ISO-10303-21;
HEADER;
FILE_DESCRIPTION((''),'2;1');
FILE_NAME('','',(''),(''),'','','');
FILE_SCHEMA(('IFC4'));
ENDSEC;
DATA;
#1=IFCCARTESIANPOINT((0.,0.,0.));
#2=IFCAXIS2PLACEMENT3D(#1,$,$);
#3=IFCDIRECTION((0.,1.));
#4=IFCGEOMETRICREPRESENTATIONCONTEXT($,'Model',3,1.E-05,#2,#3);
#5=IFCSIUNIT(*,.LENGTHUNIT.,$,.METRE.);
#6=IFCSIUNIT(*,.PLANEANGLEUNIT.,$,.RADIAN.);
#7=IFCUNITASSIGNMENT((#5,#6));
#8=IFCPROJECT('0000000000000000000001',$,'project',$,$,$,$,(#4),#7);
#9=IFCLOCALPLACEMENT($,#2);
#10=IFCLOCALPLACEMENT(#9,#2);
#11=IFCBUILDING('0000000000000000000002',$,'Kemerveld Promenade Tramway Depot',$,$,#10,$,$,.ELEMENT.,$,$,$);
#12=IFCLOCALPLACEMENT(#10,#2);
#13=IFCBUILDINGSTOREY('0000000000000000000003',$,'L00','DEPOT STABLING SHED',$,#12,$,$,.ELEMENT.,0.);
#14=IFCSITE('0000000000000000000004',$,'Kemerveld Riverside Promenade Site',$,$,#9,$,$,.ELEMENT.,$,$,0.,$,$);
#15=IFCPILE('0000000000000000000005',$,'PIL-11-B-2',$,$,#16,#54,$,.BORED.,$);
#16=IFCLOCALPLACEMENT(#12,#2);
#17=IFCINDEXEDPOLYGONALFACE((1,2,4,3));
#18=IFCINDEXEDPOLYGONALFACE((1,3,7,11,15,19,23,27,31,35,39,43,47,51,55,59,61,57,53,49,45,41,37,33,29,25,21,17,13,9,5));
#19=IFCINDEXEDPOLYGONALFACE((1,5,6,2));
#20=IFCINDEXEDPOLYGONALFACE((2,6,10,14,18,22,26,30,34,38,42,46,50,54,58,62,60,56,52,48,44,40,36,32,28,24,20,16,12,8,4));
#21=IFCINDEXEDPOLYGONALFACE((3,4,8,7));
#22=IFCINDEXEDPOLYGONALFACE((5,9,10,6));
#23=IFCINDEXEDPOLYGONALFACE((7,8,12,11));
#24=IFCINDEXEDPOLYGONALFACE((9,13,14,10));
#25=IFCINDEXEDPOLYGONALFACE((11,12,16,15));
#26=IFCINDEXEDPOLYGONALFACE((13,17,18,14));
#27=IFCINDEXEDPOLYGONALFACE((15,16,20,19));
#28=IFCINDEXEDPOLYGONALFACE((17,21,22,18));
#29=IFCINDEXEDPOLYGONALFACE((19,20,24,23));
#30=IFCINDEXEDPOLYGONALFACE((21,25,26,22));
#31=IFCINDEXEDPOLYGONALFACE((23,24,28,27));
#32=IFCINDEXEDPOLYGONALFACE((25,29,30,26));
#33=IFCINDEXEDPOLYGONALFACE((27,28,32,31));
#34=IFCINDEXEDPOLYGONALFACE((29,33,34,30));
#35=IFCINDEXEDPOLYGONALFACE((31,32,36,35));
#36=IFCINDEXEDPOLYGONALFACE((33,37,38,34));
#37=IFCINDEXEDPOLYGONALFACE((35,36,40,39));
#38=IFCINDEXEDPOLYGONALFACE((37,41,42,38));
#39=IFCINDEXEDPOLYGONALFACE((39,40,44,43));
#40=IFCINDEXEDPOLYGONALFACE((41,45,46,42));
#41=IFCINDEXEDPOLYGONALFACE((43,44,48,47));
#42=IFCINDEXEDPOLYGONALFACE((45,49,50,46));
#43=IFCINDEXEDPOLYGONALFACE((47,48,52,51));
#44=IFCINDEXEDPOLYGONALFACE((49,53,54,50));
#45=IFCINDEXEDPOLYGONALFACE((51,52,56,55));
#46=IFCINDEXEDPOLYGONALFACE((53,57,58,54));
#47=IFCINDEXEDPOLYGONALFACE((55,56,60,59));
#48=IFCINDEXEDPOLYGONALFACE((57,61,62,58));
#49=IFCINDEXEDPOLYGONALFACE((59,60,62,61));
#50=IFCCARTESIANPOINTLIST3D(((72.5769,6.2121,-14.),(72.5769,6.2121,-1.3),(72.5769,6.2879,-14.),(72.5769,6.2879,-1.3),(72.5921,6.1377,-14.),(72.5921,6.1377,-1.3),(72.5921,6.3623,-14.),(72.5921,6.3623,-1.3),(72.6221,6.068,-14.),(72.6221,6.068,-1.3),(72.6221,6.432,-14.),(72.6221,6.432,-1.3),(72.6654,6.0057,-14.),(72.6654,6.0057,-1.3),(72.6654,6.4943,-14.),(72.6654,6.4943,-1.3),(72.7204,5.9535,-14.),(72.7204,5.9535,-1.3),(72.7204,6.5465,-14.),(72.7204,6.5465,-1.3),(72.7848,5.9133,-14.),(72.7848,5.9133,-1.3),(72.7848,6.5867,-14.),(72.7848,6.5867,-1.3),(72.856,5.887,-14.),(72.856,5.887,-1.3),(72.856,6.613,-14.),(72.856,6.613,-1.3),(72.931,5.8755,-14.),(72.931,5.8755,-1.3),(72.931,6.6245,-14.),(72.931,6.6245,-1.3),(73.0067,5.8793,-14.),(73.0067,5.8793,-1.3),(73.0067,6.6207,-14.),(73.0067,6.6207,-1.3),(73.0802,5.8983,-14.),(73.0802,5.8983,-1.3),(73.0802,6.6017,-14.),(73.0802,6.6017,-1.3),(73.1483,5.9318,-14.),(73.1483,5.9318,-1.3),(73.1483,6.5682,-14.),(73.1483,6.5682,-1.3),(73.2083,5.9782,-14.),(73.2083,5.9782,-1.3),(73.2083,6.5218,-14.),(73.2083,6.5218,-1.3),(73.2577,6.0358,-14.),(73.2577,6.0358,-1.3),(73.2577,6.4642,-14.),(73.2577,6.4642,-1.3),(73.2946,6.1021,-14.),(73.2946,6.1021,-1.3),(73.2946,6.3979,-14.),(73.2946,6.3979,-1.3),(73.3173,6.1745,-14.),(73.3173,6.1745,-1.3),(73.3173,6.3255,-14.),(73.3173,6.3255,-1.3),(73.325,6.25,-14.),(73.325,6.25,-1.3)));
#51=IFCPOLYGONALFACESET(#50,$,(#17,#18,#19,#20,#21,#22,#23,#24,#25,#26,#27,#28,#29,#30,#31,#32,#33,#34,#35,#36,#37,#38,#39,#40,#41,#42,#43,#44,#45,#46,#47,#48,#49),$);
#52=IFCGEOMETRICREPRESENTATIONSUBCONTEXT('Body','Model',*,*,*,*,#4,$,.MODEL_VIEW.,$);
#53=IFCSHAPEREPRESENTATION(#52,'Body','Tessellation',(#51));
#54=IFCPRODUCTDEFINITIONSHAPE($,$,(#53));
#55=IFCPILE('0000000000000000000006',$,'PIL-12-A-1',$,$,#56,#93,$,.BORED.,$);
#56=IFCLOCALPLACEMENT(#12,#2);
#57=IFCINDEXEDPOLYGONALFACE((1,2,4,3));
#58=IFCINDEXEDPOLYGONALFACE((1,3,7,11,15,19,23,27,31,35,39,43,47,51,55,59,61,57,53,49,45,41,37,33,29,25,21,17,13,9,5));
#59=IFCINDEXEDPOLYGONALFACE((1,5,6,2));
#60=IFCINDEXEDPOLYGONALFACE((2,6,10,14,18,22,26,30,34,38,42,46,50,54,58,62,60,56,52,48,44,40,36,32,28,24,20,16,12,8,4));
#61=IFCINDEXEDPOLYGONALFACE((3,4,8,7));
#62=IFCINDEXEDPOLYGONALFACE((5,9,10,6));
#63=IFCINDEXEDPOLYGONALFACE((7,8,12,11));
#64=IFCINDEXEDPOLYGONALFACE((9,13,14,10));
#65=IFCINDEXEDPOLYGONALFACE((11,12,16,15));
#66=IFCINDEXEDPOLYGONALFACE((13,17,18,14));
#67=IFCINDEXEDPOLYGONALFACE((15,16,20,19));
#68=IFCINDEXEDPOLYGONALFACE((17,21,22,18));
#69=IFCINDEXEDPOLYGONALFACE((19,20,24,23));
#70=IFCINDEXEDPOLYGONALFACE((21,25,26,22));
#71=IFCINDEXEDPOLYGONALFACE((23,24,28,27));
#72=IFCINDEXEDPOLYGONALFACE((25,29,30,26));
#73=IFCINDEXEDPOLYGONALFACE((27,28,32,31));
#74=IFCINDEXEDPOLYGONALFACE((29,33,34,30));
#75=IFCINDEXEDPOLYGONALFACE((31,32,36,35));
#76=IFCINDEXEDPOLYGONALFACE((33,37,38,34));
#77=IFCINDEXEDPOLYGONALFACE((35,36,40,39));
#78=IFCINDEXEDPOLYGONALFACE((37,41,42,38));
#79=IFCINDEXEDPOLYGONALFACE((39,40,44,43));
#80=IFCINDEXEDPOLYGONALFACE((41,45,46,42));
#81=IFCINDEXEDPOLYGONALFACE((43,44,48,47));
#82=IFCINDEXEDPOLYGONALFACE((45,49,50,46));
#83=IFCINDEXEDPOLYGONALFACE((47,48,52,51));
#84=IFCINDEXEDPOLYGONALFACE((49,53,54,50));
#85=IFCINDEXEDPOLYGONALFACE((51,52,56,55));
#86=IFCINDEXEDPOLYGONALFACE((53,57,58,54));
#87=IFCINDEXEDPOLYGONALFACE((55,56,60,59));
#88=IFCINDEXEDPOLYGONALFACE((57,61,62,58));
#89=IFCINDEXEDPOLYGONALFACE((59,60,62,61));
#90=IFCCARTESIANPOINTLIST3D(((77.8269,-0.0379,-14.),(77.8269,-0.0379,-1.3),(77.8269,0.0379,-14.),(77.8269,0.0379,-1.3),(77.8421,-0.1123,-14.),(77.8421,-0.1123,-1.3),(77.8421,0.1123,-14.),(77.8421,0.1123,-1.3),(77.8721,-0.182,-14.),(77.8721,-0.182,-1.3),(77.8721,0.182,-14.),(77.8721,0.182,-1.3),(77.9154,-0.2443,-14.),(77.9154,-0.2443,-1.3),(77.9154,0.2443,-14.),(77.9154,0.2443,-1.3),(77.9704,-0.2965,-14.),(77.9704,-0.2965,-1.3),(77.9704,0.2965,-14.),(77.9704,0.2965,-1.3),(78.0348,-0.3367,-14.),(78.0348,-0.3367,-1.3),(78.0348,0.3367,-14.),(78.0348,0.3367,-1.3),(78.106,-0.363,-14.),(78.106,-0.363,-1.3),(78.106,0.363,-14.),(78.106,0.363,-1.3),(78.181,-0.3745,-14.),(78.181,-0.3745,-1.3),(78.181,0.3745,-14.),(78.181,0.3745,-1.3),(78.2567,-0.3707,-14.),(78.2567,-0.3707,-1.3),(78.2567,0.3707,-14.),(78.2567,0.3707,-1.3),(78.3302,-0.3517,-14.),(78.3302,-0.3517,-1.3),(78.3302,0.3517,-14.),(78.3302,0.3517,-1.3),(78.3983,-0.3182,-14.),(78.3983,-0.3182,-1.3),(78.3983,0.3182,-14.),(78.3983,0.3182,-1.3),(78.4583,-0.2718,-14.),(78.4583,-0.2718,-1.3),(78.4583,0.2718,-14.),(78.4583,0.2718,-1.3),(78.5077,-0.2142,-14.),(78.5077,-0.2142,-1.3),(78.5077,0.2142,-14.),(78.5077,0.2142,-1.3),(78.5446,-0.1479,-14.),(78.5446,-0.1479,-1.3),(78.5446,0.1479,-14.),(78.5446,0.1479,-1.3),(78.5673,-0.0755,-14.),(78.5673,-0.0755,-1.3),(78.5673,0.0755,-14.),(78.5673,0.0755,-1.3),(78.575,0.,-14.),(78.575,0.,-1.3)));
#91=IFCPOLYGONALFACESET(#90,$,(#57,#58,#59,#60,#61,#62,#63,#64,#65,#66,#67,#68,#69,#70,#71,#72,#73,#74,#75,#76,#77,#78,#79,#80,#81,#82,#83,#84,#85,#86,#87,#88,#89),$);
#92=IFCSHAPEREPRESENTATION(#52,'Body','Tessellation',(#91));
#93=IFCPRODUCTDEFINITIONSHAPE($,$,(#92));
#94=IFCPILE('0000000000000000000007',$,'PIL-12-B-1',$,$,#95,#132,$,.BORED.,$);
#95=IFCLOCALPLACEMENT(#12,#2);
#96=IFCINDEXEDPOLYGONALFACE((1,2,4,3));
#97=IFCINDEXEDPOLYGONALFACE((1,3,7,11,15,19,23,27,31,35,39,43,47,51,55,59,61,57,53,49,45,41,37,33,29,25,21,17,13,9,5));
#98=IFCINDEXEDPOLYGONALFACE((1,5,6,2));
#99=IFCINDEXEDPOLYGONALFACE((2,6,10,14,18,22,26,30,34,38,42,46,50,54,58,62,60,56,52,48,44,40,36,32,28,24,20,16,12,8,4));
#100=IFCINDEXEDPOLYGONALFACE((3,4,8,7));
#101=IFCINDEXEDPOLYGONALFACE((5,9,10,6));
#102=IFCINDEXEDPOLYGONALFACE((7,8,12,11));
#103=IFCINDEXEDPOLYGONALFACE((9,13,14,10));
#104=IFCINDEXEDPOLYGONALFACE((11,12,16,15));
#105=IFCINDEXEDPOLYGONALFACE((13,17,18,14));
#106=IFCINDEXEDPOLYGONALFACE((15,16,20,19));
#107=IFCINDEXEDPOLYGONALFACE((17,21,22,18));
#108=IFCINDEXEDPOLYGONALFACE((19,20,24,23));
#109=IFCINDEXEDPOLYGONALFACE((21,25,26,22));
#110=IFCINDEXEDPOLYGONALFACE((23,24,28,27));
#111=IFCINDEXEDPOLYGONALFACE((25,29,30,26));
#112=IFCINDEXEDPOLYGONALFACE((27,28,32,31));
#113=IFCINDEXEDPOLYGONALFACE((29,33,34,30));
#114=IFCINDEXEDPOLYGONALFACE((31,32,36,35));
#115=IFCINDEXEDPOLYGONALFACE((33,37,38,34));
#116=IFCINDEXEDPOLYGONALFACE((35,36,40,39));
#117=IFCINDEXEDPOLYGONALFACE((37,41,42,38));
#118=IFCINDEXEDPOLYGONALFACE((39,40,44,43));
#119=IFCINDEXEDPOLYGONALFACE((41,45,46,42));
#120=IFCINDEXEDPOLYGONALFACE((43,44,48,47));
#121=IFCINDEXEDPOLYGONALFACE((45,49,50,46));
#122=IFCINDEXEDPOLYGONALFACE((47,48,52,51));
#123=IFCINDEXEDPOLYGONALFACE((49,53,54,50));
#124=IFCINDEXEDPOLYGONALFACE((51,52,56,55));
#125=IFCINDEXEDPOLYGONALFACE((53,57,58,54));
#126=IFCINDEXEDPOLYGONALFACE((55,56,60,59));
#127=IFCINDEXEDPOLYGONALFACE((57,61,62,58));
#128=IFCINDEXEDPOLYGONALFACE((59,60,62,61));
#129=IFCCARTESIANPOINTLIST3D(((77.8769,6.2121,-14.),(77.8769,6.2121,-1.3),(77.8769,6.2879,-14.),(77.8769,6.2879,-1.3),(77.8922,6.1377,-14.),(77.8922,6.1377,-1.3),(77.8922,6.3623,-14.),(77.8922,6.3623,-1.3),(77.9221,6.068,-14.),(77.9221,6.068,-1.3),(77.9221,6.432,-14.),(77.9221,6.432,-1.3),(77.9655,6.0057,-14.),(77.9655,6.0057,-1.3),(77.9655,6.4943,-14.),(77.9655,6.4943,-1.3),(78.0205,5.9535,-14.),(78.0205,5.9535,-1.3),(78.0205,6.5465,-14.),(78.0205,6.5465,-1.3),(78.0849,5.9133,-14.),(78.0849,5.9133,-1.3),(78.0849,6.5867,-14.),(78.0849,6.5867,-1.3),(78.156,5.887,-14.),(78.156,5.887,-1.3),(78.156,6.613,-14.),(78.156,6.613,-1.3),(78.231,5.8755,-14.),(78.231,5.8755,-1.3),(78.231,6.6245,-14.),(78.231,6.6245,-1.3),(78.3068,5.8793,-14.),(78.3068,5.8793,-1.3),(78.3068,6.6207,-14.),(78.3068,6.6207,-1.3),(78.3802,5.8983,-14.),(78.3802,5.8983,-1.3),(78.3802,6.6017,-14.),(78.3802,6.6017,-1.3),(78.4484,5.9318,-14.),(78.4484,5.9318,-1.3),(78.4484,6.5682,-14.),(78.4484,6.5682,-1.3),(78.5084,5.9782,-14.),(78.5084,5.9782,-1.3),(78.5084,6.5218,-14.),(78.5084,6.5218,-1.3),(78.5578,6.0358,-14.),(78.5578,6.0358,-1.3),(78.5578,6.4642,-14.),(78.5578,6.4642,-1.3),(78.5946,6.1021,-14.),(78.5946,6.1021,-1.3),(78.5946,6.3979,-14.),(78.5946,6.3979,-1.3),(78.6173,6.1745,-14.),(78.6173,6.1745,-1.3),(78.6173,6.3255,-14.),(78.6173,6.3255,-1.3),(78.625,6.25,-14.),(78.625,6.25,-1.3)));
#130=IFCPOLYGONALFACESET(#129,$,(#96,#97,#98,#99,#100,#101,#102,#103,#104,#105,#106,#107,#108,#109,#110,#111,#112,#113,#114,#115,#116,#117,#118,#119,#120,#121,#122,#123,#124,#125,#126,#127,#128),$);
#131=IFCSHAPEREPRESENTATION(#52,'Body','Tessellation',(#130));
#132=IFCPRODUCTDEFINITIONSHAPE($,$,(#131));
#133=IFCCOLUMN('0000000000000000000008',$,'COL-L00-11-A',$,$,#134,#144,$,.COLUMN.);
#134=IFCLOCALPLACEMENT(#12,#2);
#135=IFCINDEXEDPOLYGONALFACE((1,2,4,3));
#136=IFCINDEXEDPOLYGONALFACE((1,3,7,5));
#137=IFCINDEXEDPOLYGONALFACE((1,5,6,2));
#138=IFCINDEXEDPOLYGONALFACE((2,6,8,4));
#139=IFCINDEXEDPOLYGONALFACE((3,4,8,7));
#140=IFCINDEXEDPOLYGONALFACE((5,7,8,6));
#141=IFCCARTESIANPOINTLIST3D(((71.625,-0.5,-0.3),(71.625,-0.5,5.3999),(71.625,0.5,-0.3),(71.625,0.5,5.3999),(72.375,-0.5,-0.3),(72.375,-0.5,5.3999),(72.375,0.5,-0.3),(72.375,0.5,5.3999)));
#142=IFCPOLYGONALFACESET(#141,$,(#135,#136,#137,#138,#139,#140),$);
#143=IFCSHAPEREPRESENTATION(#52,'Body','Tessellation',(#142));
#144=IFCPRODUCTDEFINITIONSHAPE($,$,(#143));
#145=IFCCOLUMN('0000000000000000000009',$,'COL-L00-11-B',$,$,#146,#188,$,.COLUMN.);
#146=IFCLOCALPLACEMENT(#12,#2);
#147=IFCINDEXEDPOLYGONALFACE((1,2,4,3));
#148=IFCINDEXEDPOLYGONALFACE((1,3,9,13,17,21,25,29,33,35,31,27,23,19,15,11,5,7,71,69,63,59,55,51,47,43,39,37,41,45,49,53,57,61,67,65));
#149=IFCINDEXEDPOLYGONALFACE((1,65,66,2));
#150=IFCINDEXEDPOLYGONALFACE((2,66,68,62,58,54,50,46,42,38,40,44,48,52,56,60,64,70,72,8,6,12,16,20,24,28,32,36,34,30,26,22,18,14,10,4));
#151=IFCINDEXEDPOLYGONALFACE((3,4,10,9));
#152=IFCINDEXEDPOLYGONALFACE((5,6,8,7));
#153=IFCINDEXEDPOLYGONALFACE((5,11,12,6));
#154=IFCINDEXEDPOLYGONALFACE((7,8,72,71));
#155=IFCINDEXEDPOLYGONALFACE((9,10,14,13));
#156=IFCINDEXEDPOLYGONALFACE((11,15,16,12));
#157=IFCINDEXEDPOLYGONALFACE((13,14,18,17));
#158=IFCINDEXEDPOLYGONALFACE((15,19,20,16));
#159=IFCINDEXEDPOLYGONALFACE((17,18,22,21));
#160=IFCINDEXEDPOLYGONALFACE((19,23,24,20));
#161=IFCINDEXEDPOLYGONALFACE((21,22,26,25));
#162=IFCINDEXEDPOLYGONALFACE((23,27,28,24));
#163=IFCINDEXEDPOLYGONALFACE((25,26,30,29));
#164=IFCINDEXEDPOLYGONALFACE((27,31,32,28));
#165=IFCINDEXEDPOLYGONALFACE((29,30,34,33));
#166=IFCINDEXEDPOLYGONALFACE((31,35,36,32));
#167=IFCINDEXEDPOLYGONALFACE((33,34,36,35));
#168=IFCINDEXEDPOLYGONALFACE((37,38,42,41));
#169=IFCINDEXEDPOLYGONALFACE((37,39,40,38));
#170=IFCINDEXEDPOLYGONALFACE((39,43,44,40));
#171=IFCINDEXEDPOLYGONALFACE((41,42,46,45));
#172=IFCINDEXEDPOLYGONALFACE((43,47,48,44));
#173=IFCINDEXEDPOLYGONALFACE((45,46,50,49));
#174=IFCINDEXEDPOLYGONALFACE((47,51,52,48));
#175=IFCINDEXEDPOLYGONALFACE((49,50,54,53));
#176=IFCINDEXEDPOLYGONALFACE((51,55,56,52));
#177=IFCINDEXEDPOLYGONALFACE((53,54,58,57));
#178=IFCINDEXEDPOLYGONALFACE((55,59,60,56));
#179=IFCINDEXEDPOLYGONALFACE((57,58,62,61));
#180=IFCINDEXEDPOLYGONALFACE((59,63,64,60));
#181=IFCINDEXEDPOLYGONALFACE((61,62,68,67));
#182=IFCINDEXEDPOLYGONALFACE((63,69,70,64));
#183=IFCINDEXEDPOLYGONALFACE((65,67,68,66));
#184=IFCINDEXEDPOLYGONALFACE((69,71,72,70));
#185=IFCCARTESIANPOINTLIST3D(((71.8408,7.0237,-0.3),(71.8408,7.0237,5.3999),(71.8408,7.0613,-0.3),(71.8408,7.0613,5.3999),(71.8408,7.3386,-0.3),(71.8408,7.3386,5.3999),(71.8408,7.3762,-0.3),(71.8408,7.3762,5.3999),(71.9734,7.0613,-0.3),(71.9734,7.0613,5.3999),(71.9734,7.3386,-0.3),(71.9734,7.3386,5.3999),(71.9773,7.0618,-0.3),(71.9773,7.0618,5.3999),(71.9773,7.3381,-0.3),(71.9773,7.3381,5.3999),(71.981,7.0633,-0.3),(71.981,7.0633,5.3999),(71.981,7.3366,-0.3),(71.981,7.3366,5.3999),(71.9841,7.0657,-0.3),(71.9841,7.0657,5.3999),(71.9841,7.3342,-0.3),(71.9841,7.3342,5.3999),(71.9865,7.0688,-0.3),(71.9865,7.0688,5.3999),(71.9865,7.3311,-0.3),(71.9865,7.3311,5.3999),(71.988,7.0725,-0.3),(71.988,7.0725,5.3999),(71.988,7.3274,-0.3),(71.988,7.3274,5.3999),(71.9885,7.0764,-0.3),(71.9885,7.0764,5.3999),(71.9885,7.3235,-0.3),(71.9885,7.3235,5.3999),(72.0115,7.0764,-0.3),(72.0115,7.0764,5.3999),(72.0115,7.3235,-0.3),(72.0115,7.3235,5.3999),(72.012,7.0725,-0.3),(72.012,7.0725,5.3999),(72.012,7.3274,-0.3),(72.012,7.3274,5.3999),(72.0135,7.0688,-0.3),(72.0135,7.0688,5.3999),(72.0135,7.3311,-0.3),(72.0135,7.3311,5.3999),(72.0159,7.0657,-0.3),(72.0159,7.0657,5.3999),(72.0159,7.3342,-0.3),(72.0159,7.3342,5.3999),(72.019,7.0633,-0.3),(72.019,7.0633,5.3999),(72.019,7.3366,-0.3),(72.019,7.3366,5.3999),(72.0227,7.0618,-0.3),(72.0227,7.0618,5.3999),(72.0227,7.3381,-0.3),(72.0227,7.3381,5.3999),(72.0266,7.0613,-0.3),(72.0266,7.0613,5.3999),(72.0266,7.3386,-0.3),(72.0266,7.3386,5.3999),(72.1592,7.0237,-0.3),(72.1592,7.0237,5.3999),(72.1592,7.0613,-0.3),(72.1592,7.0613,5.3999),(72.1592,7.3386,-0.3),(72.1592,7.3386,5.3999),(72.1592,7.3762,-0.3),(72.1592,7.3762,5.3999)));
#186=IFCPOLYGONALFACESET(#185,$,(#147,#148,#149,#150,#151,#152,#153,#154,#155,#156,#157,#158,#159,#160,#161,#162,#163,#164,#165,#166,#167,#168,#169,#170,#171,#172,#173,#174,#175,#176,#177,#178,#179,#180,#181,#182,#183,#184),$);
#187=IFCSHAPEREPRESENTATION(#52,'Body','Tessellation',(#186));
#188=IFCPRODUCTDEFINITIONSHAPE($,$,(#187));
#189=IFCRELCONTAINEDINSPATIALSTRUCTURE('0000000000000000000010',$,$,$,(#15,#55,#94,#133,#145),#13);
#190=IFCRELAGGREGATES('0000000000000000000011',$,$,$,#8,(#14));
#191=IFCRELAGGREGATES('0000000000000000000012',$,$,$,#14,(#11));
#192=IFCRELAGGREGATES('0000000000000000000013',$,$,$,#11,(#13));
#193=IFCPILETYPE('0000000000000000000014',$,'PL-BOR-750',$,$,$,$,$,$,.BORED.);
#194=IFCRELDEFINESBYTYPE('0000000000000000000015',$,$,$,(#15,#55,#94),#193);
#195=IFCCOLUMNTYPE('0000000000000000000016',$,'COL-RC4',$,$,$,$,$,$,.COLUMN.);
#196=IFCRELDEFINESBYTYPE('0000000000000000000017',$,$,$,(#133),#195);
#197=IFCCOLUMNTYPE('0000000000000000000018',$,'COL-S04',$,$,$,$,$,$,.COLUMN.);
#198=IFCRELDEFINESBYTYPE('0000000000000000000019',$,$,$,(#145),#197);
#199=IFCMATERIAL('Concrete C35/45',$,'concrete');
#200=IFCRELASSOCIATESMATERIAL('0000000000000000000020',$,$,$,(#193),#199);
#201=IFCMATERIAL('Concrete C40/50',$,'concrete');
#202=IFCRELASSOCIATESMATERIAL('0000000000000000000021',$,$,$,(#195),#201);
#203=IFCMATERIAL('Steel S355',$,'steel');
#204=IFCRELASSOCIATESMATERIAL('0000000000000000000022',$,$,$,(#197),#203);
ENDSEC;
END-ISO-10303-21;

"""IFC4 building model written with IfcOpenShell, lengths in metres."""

from ifc_helpers import new_model, si_unit, direction, frame, origin, origin_2d, place, context, subcontext, project, spatial, rectangle, circle, i_section, extrude, material, material_profile, profile_set, type_object, element, save


model = new_model("IFC4")

# Units and contexts
model_context = context("Model", 3, precision=1e-05, world=origin(), true_north=direction((0.0, 1.0)))
body_context = subcontext(model_context, "Body", "Model", "MODEL_VIEW")
ifc_project = project(units=[si_unit("LENGTHUNIT", "METRE"), si_unit("PLANEANGLEUNIT", "RADIAN")], contexts=[model_context])

# Site, building, storey
site_placement = place(None, origin())
site = spatial("IfcSite", under=ifc_project, at=site_placement, Name="Kemerveld Riverside Promenade Site", CompositionType="ELEMENT", RefElevation=0.0)
building_placement = place(site_placement, origin())
building = spatial("IfcBuilding", under=site, at=building_placement, Name="Kemerveld Promenade Tramway Depot", CompositionType="ELEMENT")
storey_placement = place(building_placement, origin())
storey = spatial("IfcBuildingStorey", under=building, at=storey_placement, Name="L00", Description="DEPOT STABLING SHED", CompositionType="ELEMENT", Elevation=0.0)

# Shared definitions
ifc_material_1 = material(Name="Concrete C35/45", Category="concrete")

# Piles
ifc_material_profile_1 = material_profile(ifc_material_1, circle(Radius=0.375, at=origin_2d()), Name="PILE-D750")
ifc_profile_set_1 = profile_set([ifc_material_profile_1], Name="Concrete C35/45")
pile_type_1 = type_object("IfcPileType", Name="PL-BOR-750", PredefinedType="BORED", material=ifc_profile_set_1)
for number, where, z_axis, x_axis, name in (
    (1, (72.95, 6.25, -1.3), (0.0, 0.0, -1.0), (1.0, 0.0, 0.0), "PIL-11-B-2"),
    (2, (78.2, 0.0, -1.3), (0.0, 0.0, -1.0), (1.0, 0.0, 0.0), "PIL-12-A-1"),
    (3, (78.25, 6.25, -1.3), (0.0, 0.0, -1.0), (1.0, 0.0, 0.0), "PIL-12-B-1"),
):
    element("IfcPile", number, at=place(storey_placement, frame(where, z_axis=z_axis, x_axis=x_axis)), inside=storey, type_object=pile_type_1, Name=name, PredefinedType="BORED", context=body_context, shape_type="SweptSolid", body=[
        extrude(circle(Radius=0.375, at=origin_2d()), origin(), (0.0, 0.0, 1.0), 12.7),
    ])

# Columns
ifc_material_2 = material(Name="Concrete C40/50", Category="concrete")
ifc_material_profile_2 = material_profile(ifc_material_2, rectangle(XDim=0.75, YDim=1.0, at=origin_2d()), Name="RC-PIER-1000x750")
ifc_profile_set_2 = profile_set([ifc_material_profile_2], Name="Concrete C40/50")
column_type_1 = type_object("IfcColumnType", Name="COL-RC4", PredefinedType="COLUMN", material=ifc_profile_set_2)
column_1_placement = place(storey_placement, frame((72.0, 0.0, -0.3), z_axis=(0.0, 0.0, 1.0), x_axis=(1.0, 0.0, 0.0)))
element("IfcColumn", 4, at=column_1_placement, inside=storey, type_object=column_type_1, Name="COL-L00-11-A", PredefinedType="COLUMN", context=body_context, shape_type="SweptSolid", body=[
    extrude(rectangle(XDim=0.75, YDim=1.0, at=origin_2d()), origin(), (0.0, 0.0, 1.0), 5.7),
])
ifc_material_3 = material(Name="Steel S355", Category="steel")
ifc_material_profile_3 = material_profile(ifc_material_3, i_section(OverallWidth=0.3184, OverallDepth=0.3525, WebThickness=0.0229, FlangeThickness=0.0376, FilletRadius=0.0151, at=origin_2d()), Name="305x305x240 UC")
ifc_profile_set_3 = profile_set([ifc_material_profile_3], Name="Steel S355")
column_type_2 = type_object("IfcColumnType", Name="COL-S04", PredefinedType="COLUMN", material=ifc_profile_set_3)
column_2_placement = place(storey_placement, frame((72.0, 7.2, -0.3), z_axis=(0.0, 0.0, 1.0), x_axis=(1.0, 0.0, 0.0)))
element("IfcColumn", 5, at=column_2_placement, inside=storey, type_object=column_type_2, Name="COL-L00-11-B", PredefinedType="COLUMN", context=body_context, shape_type="SweptSolid", body=[
    extrude(i_section(OverallWidth=0.3184, OverallDepth=0.3525, WebThickness=0.0229, FlangeThickness=0.0376, FilletRadius=0.0151, at=origin_2d()), origin(), (0.0, 0.0, 1.0), 5.7),
])

save(model, "model.ifc")
